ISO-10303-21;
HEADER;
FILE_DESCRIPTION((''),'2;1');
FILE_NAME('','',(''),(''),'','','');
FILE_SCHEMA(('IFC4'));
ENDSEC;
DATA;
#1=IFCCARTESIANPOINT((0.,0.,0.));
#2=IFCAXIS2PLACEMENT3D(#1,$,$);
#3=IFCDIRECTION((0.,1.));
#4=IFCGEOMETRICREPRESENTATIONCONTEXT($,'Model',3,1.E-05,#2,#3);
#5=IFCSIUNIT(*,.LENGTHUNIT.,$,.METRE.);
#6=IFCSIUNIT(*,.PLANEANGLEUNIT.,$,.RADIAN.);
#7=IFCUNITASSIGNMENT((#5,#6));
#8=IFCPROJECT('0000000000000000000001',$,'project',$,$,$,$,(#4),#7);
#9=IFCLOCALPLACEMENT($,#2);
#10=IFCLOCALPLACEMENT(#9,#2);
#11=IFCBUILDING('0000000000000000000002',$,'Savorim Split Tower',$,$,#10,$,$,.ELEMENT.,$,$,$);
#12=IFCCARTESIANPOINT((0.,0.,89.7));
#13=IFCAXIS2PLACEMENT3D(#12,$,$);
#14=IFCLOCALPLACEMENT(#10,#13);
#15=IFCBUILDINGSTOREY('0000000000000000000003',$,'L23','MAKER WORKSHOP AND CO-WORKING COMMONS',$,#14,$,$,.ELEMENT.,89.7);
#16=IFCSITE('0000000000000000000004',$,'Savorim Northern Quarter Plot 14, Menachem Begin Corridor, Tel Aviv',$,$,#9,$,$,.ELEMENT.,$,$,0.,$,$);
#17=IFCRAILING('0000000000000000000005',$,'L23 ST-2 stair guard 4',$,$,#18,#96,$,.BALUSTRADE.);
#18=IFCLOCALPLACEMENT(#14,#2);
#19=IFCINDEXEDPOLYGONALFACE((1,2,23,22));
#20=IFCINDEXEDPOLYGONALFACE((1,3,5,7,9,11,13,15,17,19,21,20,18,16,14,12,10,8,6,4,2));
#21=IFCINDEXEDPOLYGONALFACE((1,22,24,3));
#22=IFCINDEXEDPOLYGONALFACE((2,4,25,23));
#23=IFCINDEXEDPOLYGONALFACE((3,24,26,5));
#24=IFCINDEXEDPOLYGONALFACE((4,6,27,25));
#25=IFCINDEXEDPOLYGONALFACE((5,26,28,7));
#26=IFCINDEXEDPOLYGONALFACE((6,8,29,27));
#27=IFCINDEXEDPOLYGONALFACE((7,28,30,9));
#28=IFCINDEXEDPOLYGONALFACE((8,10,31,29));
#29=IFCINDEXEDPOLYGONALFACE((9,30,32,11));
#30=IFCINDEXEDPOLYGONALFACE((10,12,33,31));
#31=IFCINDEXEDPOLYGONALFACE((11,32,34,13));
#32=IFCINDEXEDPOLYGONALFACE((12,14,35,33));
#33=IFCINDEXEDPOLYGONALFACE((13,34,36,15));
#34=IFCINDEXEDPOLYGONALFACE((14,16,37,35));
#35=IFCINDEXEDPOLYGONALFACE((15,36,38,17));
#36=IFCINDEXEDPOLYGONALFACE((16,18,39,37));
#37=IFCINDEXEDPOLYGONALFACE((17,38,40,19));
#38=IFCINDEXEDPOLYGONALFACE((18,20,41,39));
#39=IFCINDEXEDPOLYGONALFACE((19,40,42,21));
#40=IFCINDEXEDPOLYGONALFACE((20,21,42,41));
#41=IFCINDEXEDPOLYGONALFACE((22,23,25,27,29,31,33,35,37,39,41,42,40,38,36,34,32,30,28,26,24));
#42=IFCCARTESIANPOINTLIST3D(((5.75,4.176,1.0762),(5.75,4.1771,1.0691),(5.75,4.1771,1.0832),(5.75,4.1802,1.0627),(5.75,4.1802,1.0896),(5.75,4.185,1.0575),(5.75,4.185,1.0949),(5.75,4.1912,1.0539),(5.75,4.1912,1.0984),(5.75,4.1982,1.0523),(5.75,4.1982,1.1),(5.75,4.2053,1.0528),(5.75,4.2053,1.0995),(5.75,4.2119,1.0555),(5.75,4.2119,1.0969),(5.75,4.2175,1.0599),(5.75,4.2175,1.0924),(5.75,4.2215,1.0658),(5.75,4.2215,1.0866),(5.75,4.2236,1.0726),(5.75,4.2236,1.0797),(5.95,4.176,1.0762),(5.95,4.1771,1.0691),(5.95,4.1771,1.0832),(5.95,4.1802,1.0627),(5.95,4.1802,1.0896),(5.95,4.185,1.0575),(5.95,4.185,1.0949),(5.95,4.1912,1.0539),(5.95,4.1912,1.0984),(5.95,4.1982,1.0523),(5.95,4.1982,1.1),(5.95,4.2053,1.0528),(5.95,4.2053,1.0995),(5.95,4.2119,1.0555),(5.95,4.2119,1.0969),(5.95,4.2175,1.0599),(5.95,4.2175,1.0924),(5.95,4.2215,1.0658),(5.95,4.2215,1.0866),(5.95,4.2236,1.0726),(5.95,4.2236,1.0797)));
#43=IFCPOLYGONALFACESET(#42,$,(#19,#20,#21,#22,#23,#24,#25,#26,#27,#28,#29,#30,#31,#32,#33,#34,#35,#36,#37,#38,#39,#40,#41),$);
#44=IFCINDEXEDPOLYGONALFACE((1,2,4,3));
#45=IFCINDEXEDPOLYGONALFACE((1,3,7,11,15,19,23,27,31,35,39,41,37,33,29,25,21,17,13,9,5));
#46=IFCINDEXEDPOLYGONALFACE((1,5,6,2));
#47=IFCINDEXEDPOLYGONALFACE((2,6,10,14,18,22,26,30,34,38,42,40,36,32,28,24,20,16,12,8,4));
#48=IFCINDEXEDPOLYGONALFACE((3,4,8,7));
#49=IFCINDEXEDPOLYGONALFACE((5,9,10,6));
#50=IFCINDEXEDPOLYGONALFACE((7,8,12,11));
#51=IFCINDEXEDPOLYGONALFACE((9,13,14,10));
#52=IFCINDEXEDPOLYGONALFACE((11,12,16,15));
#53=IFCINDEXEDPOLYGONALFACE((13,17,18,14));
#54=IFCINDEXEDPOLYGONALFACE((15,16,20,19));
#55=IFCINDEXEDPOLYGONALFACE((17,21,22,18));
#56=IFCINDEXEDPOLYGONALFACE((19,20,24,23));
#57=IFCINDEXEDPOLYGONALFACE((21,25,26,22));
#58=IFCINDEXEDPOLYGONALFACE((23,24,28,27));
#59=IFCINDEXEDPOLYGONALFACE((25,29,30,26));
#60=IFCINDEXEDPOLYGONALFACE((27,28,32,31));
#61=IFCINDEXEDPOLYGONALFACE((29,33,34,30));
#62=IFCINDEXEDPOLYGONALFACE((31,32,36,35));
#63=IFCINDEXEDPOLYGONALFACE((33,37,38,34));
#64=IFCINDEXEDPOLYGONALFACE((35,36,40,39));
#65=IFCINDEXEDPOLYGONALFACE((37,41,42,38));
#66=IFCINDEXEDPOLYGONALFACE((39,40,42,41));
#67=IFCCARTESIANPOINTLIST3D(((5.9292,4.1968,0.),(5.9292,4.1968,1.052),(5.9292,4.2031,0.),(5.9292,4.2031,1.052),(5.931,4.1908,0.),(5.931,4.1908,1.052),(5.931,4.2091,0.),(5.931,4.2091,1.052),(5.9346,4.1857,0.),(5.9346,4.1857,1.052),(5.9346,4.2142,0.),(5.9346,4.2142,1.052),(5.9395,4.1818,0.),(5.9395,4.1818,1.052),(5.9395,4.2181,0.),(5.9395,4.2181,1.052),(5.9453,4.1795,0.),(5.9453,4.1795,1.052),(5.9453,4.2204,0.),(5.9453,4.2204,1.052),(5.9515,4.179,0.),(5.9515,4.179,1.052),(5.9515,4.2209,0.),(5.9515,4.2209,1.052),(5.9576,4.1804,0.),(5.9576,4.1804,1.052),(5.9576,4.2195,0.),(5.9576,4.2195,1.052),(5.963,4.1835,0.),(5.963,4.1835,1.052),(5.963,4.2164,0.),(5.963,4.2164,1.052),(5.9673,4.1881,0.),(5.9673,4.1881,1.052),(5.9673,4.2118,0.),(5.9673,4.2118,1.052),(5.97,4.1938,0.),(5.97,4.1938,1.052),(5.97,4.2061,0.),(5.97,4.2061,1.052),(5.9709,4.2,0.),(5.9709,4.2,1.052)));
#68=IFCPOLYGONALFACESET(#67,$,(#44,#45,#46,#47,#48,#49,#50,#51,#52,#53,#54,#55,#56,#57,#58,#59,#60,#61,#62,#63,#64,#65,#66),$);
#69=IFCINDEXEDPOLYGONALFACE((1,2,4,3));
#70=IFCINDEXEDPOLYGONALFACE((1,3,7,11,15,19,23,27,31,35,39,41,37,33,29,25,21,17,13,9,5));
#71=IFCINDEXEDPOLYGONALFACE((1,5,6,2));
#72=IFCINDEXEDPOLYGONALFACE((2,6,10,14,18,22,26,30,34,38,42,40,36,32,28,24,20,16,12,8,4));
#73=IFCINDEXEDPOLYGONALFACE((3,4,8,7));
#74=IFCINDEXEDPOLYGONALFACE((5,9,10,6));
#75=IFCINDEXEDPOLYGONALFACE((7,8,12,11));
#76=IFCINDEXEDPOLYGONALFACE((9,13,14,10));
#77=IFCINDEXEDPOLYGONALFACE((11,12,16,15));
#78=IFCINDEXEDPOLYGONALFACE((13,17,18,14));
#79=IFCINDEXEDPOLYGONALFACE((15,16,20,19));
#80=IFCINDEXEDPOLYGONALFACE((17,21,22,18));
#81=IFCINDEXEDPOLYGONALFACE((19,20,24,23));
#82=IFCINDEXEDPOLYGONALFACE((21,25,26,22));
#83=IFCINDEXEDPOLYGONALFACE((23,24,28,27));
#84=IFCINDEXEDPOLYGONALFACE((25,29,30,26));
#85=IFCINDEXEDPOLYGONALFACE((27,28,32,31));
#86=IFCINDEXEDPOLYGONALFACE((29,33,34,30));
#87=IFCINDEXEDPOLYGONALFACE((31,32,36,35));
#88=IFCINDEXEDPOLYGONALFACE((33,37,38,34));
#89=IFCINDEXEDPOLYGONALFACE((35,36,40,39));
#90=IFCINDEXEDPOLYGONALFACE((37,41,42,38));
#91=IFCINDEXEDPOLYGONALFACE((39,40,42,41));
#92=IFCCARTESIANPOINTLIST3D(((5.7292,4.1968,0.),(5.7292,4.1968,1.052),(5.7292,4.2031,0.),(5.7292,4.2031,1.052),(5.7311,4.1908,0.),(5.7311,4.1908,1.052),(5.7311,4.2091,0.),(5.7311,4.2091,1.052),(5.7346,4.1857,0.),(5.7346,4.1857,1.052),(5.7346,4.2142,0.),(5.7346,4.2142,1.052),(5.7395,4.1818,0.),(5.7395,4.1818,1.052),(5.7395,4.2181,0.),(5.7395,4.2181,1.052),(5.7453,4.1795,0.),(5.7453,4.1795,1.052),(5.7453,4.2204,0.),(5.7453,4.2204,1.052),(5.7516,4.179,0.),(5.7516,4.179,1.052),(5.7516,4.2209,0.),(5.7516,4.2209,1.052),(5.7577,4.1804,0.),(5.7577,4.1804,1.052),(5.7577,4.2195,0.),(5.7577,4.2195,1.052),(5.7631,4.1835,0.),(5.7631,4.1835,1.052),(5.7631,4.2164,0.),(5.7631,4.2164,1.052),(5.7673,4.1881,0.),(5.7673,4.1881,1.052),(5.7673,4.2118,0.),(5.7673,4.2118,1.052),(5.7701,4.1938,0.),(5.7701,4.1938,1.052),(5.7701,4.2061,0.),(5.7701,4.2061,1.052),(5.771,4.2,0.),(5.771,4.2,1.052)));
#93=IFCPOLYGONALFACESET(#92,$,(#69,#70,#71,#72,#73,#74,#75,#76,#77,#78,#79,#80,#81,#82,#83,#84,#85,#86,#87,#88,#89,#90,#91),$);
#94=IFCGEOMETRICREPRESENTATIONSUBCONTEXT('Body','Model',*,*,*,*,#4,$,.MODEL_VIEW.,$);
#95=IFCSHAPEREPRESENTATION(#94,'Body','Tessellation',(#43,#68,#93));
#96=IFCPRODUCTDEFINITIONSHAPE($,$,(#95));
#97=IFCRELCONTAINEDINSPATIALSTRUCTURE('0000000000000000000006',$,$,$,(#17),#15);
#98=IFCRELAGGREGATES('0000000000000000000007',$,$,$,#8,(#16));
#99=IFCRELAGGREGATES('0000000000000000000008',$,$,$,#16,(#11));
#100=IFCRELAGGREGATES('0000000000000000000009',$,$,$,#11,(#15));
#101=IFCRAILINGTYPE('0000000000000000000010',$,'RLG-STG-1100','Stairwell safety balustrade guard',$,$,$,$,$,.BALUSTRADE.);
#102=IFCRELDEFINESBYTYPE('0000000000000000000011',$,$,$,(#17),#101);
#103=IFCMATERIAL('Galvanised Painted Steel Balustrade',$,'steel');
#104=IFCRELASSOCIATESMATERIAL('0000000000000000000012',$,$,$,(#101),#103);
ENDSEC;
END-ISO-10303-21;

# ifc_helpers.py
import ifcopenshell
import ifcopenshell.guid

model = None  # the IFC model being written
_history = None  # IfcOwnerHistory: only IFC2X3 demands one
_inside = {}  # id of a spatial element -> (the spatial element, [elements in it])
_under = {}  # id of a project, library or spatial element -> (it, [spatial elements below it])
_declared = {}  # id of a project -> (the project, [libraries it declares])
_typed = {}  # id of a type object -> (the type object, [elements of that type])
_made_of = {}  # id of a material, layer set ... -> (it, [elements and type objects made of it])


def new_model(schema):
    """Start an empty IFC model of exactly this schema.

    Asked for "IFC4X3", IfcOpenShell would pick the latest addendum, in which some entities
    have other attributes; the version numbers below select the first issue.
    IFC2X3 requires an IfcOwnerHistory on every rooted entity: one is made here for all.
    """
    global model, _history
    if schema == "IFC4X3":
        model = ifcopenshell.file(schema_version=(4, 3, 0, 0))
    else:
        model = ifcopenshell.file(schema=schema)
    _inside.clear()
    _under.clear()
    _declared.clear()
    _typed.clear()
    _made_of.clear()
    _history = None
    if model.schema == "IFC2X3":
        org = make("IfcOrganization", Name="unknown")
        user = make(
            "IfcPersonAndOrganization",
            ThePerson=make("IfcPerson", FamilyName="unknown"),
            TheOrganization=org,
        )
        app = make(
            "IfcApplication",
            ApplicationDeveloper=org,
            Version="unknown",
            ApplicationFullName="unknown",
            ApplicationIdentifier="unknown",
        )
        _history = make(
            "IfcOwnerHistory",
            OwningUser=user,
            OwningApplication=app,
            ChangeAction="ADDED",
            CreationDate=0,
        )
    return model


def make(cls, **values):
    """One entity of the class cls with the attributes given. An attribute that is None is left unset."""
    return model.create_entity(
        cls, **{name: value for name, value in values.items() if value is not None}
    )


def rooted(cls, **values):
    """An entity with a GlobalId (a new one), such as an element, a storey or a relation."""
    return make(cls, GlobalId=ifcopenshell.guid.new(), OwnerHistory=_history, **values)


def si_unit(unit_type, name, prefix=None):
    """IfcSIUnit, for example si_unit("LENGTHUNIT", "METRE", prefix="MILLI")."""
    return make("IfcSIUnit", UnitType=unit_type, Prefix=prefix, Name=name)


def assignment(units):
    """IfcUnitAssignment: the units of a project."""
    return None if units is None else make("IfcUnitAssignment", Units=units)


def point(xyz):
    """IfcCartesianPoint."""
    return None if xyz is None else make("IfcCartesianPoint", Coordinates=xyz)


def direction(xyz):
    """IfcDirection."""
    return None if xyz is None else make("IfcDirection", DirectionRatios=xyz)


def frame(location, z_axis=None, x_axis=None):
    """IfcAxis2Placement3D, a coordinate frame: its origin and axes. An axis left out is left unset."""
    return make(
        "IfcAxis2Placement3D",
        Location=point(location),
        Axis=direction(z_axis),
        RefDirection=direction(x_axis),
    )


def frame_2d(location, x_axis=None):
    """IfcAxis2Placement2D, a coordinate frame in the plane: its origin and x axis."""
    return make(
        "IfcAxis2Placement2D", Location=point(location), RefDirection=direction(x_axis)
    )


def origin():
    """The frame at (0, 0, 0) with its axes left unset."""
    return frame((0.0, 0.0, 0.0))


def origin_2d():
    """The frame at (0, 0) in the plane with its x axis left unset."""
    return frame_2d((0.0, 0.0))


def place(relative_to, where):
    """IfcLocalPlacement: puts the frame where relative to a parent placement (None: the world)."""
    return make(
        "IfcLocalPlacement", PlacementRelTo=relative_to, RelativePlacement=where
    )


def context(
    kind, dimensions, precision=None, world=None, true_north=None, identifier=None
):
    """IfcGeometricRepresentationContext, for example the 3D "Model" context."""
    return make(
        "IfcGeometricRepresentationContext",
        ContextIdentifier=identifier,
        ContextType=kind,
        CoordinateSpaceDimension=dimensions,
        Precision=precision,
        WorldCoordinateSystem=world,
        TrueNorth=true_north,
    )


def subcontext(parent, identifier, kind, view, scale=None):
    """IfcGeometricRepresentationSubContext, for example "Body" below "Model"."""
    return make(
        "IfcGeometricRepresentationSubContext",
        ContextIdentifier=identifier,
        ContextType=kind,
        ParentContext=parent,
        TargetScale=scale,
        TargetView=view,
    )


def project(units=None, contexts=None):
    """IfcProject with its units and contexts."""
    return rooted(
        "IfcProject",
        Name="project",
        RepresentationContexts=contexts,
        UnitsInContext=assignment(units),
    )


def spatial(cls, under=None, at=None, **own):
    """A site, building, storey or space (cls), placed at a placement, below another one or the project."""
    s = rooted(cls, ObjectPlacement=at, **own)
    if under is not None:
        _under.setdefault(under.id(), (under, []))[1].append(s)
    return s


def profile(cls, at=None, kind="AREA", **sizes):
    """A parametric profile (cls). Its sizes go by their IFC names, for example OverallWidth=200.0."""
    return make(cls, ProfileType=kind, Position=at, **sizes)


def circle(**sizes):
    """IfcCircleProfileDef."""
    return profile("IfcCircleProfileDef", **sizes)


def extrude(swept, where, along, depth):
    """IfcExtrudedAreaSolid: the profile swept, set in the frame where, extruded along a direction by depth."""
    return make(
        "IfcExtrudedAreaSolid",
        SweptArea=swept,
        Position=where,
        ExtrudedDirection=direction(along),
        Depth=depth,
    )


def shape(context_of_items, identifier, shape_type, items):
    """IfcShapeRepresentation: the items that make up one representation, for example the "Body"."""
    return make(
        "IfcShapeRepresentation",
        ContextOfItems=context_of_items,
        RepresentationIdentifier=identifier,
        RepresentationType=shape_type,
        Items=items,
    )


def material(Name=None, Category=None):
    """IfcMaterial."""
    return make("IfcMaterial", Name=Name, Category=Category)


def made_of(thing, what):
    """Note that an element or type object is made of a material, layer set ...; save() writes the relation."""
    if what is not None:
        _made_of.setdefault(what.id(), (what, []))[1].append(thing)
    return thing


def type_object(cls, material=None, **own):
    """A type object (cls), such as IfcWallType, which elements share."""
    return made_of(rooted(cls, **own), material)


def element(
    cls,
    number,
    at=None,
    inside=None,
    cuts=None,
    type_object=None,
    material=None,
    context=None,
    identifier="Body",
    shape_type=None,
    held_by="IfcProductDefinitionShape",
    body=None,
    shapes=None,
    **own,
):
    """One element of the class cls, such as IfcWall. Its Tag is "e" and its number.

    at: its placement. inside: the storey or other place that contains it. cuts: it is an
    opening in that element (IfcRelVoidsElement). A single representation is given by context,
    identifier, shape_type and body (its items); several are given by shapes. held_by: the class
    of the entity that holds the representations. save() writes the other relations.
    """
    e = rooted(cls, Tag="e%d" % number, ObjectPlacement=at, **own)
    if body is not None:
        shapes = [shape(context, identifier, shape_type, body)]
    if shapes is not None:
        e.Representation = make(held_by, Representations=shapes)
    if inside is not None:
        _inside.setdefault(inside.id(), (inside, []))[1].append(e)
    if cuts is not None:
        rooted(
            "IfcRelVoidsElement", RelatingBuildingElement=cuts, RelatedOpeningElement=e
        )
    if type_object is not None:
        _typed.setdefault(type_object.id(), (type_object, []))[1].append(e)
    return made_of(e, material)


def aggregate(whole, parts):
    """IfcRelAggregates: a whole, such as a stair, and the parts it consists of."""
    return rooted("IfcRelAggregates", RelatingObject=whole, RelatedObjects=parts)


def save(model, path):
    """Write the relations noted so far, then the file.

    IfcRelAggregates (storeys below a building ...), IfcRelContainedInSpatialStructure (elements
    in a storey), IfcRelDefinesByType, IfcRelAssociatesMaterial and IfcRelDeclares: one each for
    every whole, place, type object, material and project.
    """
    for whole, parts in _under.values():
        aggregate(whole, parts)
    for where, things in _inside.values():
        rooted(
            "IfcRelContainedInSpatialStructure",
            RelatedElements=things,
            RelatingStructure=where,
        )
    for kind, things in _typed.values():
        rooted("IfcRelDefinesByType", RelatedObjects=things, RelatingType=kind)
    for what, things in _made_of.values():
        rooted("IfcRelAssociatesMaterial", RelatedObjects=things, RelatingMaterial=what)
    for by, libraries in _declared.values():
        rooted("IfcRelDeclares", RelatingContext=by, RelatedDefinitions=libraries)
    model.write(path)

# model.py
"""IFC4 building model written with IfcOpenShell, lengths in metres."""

from ifc_helpers import new_model, si_unit, direction, frame, origin, origin_2d, place, context, subcontext, project, spatial, circle, extrude, material, type_object, element, save


model = new_model("IFC4")

# Units and contexts
model_context = context("Model", 3, precision=1e-05, world=origin(), true_north=direction((0.0, 1.0)))
body_context = subcontext(model_context, "Body", "Model", "MODEL_VIEW")
ifc_project = project(units=[si_unit("LENGTHUNIT", "METRE"), si_unit("PLANEANGLEUNIT", "RADIAN")], contexts=[model_context])

# Site, building, storey
site_placement = place(None, origin())
site = spatial("IfcSite", under=ifc_project, at=site_placement, Name="Savorim Northern Quarter Plot 14, Menachem Begin Corridor, Tel Aviv", CompositionType="ELEMENT", RefElevation=0.0)
building_placement = place(site_placement, origin())
building = spatial("IfcBuilding", under=site, at=building_placement, Name="Savorim Split Tower", CompositionType="ELEMENT")
storey_placement = place(building_placement, frame((0.0, 0.0, 89.7)))
storey = spatial("IfcBuildingStorey", under=building, at=storey_placement, Name="L23", Description="MAKER WORKSHOP AND CO-WORKING COMMONS", CompositionType="ELEMENT", Elevation=89.7)

# Railing
ifc_material_1 = material(Name="Galvanised Painted Steel Balustrade", Category="steel")
railing_type_1 = type_object("IfcRailingType", Name="RLG-STG-1100", Description="Stairwell safety balustrade guard", PredefinedType="BALUSTRADE", material=ifc_material_1)
railing_1_placement = place(storey_placement, frame((5.95, 4.2, 0.0)))
element("IfcRailing", 1, at=railing_1_placement, inside=storey, type_object=railing_type_1, Name="L23 ST-2 stair guard 4", PredefinedType="BALUSTRADE", context=body_context, shape_type="SweptSolid", body=[
    extrude(circle(Radius=0.0239, at=origin_2d()), frame((0.0, 0.0, 1.0762), z_axis=(-1.0, 0.0, 0.0), x_axis=(0.0, -1.0, 0.0)), (0.0, 0.0, 1.0), 0.2),
    extrude(circle(Radius=0.021, at=origin_2d()), origin(), (0.0, 0.0, 1.0), 1.052),
    extrude(circle(Radius=0.021, at=origin_2d()), frame((-0.2, 0.0, 0.0)), (0.0, 0.0, 1.0), 1.052),
])

save(model, "model.ifc")
